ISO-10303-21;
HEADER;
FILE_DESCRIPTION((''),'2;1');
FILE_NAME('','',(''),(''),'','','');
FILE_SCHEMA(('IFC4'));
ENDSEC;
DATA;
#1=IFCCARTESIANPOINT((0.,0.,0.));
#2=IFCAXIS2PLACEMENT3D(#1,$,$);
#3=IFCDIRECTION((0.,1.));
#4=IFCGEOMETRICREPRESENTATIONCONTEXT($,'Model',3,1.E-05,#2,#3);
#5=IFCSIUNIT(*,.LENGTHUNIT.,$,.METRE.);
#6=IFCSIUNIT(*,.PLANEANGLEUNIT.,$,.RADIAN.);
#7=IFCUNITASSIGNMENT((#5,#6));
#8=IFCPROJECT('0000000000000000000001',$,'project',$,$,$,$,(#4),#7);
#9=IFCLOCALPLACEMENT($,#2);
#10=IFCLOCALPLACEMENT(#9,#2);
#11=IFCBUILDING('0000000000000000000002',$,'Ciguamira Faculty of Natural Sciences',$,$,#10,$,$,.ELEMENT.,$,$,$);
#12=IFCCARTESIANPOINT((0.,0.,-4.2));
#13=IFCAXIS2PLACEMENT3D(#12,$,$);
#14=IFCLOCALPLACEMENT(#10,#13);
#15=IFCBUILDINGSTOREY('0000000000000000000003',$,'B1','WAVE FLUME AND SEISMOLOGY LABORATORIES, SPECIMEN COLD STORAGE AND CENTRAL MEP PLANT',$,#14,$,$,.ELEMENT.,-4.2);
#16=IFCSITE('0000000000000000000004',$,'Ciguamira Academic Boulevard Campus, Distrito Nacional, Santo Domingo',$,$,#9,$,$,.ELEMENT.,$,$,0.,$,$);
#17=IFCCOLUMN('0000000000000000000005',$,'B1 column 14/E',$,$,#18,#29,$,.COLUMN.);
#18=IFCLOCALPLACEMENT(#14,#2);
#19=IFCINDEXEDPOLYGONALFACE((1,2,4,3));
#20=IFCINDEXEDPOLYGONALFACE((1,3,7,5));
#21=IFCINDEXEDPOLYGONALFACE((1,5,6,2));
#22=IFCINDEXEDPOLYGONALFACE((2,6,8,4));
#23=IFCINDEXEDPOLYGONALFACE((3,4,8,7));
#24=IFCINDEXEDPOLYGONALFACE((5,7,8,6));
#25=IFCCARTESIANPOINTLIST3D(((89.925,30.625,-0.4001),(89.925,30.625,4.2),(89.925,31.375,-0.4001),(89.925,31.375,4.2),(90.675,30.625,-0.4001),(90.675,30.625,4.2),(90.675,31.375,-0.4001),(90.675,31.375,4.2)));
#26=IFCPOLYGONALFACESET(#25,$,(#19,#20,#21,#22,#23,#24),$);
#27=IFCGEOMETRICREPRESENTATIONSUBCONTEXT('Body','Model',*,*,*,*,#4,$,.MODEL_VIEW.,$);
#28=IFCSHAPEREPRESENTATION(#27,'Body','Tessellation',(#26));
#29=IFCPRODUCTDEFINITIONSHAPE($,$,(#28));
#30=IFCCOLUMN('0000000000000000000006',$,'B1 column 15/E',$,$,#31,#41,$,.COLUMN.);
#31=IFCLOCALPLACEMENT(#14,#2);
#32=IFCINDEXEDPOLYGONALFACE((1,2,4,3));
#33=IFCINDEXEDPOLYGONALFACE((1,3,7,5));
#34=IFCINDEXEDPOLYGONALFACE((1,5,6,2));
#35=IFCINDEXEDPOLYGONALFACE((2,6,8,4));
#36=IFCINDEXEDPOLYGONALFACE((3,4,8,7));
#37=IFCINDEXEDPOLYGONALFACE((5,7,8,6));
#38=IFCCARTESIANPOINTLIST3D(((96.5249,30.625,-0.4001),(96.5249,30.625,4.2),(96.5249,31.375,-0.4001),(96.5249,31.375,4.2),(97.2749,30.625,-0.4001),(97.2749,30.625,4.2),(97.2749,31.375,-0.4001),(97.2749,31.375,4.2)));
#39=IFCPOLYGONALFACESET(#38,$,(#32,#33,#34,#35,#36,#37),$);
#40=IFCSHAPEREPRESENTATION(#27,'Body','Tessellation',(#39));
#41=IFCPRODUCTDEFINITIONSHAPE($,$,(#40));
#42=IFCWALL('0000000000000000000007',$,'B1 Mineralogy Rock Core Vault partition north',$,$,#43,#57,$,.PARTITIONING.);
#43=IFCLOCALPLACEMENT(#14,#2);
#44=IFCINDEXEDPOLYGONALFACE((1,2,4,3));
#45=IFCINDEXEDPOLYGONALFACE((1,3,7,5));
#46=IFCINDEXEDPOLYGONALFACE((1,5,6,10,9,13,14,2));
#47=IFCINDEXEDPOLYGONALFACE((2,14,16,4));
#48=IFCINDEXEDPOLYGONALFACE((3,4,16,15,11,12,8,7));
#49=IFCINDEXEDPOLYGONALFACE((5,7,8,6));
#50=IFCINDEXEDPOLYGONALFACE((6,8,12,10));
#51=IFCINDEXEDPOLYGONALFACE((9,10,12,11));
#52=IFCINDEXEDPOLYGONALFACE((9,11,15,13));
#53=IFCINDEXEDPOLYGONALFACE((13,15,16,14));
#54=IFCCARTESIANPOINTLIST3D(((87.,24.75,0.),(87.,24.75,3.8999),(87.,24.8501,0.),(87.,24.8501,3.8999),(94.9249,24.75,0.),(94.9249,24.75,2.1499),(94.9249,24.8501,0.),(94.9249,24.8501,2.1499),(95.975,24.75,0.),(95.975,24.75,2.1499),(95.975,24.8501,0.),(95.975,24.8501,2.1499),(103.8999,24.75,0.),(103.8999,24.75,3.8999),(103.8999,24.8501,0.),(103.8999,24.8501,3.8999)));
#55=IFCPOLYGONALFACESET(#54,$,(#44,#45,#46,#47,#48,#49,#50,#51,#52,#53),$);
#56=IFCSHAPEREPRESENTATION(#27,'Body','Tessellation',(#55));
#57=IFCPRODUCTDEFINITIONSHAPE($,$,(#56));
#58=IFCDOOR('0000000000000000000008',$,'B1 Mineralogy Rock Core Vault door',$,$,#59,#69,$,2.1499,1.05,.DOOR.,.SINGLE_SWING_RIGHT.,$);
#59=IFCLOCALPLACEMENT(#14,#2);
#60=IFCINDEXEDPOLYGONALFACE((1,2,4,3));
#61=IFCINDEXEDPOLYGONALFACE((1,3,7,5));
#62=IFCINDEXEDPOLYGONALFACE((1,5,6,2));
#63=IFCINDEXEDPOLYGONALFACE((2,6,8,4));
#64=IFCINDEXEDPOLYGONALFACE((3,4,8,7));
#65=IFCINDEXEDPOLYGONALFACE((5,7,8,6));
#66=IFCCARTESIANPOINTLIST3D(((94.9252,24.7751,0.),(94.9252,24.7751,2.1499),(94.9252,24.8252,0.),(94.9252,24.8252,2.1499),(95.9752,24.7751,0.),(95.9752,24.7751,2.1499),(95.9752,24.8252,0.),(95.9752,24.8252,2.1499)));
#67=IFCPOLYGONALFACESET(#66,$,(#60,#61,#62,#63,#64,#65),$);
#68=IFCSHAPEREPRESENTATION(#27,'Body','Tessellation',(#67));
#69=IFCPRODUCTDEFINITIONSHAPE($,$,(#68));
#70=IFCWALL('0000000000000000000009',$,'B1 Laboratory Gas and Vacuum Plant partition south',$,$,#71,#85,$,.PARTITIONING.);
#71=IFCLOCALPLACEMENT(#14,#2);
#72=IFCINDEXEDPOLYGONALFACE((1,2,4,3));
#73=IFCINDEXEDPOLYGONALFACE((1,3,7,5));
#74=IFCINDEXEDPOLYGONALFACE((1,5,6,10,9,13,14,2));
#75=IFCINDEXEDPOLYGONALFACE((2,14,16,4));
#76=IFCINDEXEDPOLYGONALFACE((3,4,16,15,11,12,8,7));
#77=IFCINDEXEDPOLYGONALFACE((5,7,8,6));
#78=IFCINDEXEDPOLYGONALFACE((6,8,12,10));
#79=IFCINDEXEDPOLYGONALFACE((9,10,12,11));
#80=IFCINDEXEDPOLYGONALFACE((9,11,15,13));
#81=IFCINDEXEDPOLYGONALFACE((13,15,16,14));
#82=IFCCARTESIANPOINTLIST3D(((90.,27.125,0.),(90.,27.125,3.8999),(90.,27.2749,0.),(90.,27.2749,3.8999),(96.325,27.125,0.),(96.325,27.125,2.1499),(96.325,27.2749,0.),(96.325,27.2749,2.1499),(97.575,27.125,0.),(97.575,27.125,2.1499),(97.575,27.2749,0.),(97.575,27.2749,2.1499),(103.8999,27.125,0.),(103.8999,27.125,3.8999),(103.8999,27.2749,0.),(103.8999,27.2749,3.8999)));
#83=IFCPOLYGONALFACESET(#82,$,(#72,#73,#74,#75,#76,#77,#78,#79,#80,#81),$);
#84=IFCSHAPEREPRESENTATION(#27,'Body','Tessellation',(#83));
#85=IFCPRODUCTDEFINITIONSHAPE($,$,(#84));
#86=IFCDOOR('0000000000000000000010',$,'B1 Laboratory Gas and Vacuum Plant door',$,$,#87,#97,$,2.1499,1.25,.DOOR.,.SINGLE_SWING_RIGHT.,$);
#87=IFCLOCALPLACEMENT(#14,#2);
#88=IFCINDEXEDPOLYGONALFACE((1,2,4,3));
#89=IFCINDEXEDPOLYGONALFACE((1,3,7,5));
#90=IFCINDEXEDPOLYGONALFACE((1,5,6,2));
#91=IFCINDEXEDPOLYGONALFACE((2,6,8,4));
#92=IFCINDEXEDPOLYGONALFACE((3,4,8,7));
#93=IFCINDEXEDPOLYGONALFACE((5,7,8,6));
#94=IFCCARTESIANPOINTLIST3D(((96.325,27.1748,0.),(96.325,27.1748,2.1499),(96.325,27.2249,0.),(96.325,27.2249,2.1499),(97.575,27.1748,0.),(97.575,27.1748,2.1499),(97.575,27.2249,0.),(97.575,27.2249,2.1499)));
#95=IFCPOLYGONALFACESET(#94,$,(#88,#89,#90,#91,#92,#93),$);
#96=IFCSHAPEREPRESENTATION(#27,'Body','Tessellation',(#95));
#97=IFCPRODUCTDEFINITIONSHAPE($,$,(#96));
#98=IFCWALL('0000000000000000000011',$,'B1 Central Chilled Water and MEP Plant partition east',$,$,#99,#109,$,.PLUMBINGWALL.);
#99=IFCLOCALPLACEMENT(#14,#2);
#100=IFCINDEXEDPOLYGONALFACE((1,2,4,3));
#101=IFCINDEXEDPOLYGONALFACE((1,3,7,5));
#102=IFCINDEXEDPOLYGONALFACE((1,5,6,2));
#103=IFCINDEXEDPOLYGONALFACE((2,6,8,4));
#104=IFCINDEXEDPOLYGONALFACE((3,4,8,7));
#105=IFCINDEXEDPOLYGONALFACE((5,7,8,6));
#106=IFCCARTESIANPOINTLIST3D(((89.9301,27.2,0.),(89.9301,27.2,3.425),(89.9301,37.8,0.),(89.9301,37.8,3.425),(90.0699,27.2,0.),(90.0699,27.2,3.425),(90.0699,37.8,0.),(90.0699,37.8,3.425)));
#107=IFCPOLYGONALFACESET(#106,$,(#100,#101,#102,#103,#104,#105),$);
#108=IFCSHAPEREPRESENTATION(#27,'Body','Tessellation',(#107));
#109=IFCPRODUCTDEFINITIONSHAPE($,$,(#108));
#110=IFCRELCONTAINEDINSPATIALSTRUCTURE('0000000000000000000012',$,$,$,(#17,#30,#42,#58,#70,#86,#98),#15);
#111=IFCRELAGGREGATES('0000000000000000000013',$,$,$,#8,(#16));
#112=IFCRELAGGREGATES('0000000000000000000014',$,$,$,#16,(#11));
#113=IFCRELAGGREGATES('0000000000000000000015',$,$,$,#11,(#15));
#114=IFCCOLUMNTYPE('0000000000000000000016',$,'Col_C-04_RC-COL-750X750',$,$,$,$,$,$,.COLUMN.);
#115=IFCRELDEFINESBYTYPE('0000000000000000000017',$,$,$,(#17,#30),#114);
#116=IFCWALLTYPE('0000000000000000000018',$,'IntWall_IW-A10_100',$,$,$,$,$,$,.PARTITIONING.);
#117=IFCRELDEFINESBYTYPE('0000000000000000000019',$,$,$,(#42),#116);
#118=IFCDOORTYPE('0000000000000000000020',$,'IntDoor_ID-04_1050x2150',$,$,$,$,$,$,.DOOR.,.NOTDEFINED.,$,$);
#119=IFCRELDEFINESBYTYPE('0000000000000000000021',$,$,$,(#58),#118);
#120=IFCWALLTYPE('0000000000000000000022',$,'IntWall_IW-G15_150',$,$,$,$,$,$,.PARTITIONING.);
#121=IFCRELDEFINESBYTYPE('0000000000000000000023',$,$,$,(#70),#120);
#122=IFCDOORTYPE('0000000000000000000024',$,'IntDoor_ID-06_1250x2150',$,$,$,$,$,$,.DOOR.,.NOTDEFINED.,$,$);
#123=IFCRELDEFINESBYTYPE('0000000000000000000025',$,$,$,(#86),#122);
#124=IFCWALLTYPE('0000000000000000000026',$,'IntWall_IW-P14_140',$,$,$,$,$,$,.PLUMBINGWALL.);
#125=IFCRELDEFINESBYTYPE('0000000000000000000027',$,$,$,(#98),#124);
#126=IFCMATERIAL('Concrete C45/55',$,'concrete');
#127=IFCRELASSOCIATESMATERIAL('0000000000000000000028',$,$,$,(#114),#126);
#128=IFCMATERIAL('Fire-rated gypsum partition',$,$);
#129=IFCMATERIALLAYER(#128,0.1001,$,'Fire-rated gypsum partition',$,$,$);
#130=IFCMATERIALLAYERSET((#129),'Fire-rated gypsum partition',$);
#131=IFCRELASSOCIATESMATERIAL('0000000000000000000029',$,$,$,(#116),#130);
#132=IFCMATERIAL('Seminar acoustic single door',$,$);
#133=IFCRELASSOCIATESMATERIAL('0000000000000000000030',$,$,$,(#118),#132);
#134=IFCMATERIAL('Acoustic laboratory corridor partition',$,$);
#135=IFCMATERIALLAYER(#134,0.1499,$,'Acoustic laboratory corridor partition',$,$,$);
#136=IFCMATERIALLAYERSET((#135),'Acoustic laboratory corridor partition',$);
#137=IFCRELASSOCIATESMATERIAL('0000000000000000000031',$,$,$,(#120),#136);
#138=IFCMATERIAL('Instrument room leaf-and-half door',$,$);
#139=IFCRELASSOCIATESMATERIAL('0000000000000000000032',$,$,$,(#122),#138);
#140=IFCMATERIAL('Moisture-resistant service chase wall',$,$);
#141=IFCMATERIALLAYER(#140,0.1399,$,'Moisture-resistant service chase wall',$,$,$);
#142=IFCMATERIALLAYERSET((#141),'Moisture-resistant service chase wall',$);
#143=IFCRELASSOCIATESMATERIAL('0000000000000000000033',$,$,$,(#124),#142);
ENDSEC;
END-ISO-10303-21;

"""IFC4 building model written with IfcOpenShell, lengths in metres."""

from ifc_helpers import new_model, si_unit, direction, frame, frame_2d, origin, origin_2d, place, context, subcontext, project, spatial, rectangle, extrude, material, layer, layer_set, material_profile, profile_set, type_object, element, fill, save


model = new_model("IFC4")

# Units and contexts
model_context = context("Model", 3, precision=1e-05, world=origin(), true_north=direction((0.0, 1.0)))
body_context = subcontext(model_context, "Body", "Model", "MODEL_VIEW")
ifc_project = project(units=[si_unit("LENGTHUNIT", "METRE"), si_unit("PLANEANGLEUNIT", "RADIAN")], contexts=[model_context])

# Site, building, storey
site_placement = place(None, origin())
site = spatial("IfcSite", under=ifc_project, at=site_placement, Name="Ciguamira Academic Boulevard Campus, Distrito Nacional, Santo Domingo", CompositionType="ELEMENT", RefElevation=0.0)
building_placement = place(site_placement, origin())
building = spatial("IfcBuilding", under=site, at=building_placement, Name="Ciguamira Faculty of Natural Sciences", CompositionType="ELEMENT")
storey_placement = place(building_placement, frame((0.0, 0.0, -4.2)))
storey = spatial("IfcBuildingStorey", under=building, at=storey_placement, Name="B1", Description="WAVE FLUME AND SEISMOLOGY LABORATORIES, SPECIMEN COLD STORAGE AND CENTRAL MEP PLANT", CompositionType="ELEMENT", Elevation=-4.2)

# Columns
ifc_material_1 = material(Name="Concrete C45/55", Category="concrete")
ifc_material_profile_1 = material_profile(ifc_material_1, rectangle(XDim=0.75, YDim=0.75, at=origin_2d()), Name="RC-COL-750X750")
ifc_profile_set_1 = profile_set([ifc_material_profile_1], Name="Concrete C45/55")
column_type = type_object("IfcColumnType", Name="Col_C-04_RC-COL-750X750", PredefinedType="COLUMN", material=ifc_profile_set_1)
for number, where, z_axis, x_axis, name in (
    (1, (90.3, 31.0, -0.4001), (0.0, 0.0, 1.0), (1.0, 0.0, 0.0), "B1 column 14/E"),
    (2, (96.8999, 31.0, -0.4001), (0.0, 0.0, 1.0), (1.0, 0.0, 0.0), "B1 column 15/E"),
):
    element("IfcColumn", number, at=place(storey_placement, frame(where, z_axis=z_axis, x_axis=x_axis)), inside=storey, type_object=column_type, Name=name, PredefinedType="COLUMN", context=body_context, shape_type="SweptSolid", body=[
        extrude(rectangle(XDim=0.75, YDim=0.75, at=origin_2d()), origin(), (0.0, 0.0, 1.0), 4.6001),
    ])

# Walls, openings, doors
ifc_material_2 = material(Name="Fire-rated gypsum partition")
ifc_layer_1 = layer(ifc_material_2, 0.1001, Name="Fire-rated gypsum partition")
ifc_layer_set_1 = layer_set([ifc_layer_1], Name="Fire-rated gypsum partition")
wall_type_1 = type_object("IfcWallType", Name="IntWall_IW-A10_100", PredefinedType="PARTITIONING", material=ifc_layer_set_1)
wall_1_placement = place(storey_placement, frame((87.0, 24.8, 0.0), z_axis=(0.0, 0.0, 1.0), x_axis=(1.0, 0.0, 0.0)))
wall_1 = element("IfcWall", 3, at=wall_1_placement, inside=storey, type_object=wall_type_1, Name="B1 Mineralogy Rock Core Vault partition north", PredefinedType="PARTITIONING", context=body_context, shape_type="SweptSolid", body=[
    extrude(rectangle(XDim=16.8999, YDim=0.1001, at=frame_2d((8.45, 0.0))), origin(), (0.0, 0.0, 1.0), 3.8999),
])
opening_1_placement = place(wall_1_placement, frame((7.925, 0.0, 0.0)))
opening_1 = element("IfcOpeningElement", 4, at=opening_1_placement, cuts=wall_1, PredefinedType="OPENING", context=body_context, shape_type="SweptSolid", body=[
    extrude(rectangle(XDim=1.05, YDim=2.1499, at=frame_2d((0.5249, 1.075))), frame((0.0, 0.0601, 0.0), z_axis=(0.0, -1.0, 0.0), x_axis=(1.0, 0.0, 0.0)), (0.0, 0.0, 1.0), 0.1201),
])
ifc_material_3 = material(Name="Seminar acoustic single door")
door_type_1 = type_object("IfcDoorType", Name="IntDoor_ID-04_1050x2150", OperationType="NOTDEFINED", PredefinedType="DOOR", material=ifc_material_3)
door_1_placement = place(opening_1_placement, frame((1.05, 0.0, 0.0), z_axis=(0.0, 0.0, 1.0), x_axis=(-1.0, 0.0, 0.0)))
door_1 = element("IfcDoor", 5, at=door_1_placement, inside=storey, type_object=door_type_1, Name="B1 Mineralogy Rock Core Vault door", OperationType="SINGLE_SWING_RIGHT", OverallHeight=2.1499, OverallWidth=1.05, PredefinedType="DOOR", context=body_context, shape_type="SweptSolid", body=[
    extrude(rectangle(XDim=1.05, YDim=2.1499, at=frame_2d((0.5249, 1.075))), frame((0.0, 0.0249, 0.0), z_axis=(0.0, -1.0, 0.0), x_axis=(1.0, 0.0, 0.0)), (0.0, 0.0, 1.0), 0.05),
])
fill(opening_1, door_1)
ifc_material_4 = material(Name="Acoustic laboratory corridor partition")
ifc_layer_2 = layer(ifc_material_4, 0.1499, Name="Acoustic laboratory corridor partition")
ifc_layer_set_2 = layer_set([ifc_layer_2], Name="Acoustic laboratory corridor partition")
wall_type_2 = type_object("IfcWallType", Name="IntWall_IW-G15_150", PredefinedType="PARTITIONING", material=ifc_layer_set_2)
wall_2_placement = place(storey_placement, frame((90.0, 27.2, 0.0), z_axis=(0.0, 0.0, 1.0), x_axis=(1.0, 0.0, 0.0)))
wall_2 = element("IfcWall", 6, at=wall_2_placement, inside=storey, type_object=wall_type_2, Name="B1 Laboratory Gas and Vacuum Plant partition south", PredefinedType="PARTITIONING", context=body_context, shape_type="SweptSolid", body=[
    extrude(rectangle(XDim=13.8999, YDim=0.1499, at=frame_2d((6.95, 0.0))), origin(), (0.0, 0.0, 1.0), 3.8999),
])
opening_2_placement = place(wall_2_placement, frame((6.325, 0.0, 0.0)))
opening_2 = element("IfcOpeningElement", 7, at=opening_2_placement, cuts=wall_2, PredefinedType="OPENING", context=body_context, shape_type="SweptSolid", body=[
    extrude(rectangle(XDim=1.25, YDim=2.1499, at=frame_2d((0.625, 1.075))), frame((0.0, 0.085, 0.0), z_axis=(0.0, -1.0, 0.0), x_axis=(1.0, 0.0, 0.0)), (0.0, 0.0, 1.0), 0.1699),
])
ifc_material_5 = material(Name="Instrument room leaf-and-half door")
door_type_2 = type_object("IfcDoorType", Name="IntDoor_ID-06_1250x2150", OperationType="NOTDEFINED", PredefinedType="DOOR", material=ifc_material_5)
door_2_placement = place(opening_2_placement, origin())
door_2 = element("IfcDoor", 8, at=door_2_placement, inside=storey, type_object=door_type_2, Name="B1 Laboratory Gas and Vacuum Plant door", OperationType="SINGLE_SWING_RIGHT", OverallHeight=2.1499, OverallWidth=1.25, PredefinedType="DOOR", context=body_context, shape_type="SweptSolid", body=[
    extrude(rectangle(XDim=1.25, YDim=2.1499, at=frame_2d((0.625, 1.075))), frame((0.0, 0.0249, 0.0), z_axis=(0.0, -1.0, 0.0), x_axis=(1.0, 0.0, 0.0)), (0.0, 0.0, 1.0), 0.05),
])
fill(opening_2, door_2)

# Wall
ifc_material_6 = material(Name="Moisture-resistant service chase wall")
ifc_layer_3 = layer(ifc_material_6, 0.1399, Name="Moisture-resistant service chase wall")
ifc_layer_set_3 = layer_set([ifc_layer_3], Name="Moisture-resistant service chase wall")
wall_type_3 = type_object("IfcWallType", Name="IntWall_IW-P14_140", PredefinedType="PLUMBINGWALL", material=ifc_layer_set_3)
wall_3_placement = place(storey_placement, frame((90.0, 27.2, 0.0), z_axis=(0.0, 0.0, 1.0), x_axis=(0.0, 1.0, 0.0)))
element("IfcWall", 9, at=wall_3_placement, inside=storey, type_object=wall_type_3, Name="B1 Central Chilled Water and MEP Plant partition east", PredefinedType="PLUMBINGWALL", context=body_context, shape_type="SweptSolid", body=[
    extrude(rectangle(XDim=10.6001, YDim=0.1399, at=frame_2d((5.3, 0.0))), origin(), (0.0, 0.0, 1.0), 3.425),
])

save(model, "model.ifc")
